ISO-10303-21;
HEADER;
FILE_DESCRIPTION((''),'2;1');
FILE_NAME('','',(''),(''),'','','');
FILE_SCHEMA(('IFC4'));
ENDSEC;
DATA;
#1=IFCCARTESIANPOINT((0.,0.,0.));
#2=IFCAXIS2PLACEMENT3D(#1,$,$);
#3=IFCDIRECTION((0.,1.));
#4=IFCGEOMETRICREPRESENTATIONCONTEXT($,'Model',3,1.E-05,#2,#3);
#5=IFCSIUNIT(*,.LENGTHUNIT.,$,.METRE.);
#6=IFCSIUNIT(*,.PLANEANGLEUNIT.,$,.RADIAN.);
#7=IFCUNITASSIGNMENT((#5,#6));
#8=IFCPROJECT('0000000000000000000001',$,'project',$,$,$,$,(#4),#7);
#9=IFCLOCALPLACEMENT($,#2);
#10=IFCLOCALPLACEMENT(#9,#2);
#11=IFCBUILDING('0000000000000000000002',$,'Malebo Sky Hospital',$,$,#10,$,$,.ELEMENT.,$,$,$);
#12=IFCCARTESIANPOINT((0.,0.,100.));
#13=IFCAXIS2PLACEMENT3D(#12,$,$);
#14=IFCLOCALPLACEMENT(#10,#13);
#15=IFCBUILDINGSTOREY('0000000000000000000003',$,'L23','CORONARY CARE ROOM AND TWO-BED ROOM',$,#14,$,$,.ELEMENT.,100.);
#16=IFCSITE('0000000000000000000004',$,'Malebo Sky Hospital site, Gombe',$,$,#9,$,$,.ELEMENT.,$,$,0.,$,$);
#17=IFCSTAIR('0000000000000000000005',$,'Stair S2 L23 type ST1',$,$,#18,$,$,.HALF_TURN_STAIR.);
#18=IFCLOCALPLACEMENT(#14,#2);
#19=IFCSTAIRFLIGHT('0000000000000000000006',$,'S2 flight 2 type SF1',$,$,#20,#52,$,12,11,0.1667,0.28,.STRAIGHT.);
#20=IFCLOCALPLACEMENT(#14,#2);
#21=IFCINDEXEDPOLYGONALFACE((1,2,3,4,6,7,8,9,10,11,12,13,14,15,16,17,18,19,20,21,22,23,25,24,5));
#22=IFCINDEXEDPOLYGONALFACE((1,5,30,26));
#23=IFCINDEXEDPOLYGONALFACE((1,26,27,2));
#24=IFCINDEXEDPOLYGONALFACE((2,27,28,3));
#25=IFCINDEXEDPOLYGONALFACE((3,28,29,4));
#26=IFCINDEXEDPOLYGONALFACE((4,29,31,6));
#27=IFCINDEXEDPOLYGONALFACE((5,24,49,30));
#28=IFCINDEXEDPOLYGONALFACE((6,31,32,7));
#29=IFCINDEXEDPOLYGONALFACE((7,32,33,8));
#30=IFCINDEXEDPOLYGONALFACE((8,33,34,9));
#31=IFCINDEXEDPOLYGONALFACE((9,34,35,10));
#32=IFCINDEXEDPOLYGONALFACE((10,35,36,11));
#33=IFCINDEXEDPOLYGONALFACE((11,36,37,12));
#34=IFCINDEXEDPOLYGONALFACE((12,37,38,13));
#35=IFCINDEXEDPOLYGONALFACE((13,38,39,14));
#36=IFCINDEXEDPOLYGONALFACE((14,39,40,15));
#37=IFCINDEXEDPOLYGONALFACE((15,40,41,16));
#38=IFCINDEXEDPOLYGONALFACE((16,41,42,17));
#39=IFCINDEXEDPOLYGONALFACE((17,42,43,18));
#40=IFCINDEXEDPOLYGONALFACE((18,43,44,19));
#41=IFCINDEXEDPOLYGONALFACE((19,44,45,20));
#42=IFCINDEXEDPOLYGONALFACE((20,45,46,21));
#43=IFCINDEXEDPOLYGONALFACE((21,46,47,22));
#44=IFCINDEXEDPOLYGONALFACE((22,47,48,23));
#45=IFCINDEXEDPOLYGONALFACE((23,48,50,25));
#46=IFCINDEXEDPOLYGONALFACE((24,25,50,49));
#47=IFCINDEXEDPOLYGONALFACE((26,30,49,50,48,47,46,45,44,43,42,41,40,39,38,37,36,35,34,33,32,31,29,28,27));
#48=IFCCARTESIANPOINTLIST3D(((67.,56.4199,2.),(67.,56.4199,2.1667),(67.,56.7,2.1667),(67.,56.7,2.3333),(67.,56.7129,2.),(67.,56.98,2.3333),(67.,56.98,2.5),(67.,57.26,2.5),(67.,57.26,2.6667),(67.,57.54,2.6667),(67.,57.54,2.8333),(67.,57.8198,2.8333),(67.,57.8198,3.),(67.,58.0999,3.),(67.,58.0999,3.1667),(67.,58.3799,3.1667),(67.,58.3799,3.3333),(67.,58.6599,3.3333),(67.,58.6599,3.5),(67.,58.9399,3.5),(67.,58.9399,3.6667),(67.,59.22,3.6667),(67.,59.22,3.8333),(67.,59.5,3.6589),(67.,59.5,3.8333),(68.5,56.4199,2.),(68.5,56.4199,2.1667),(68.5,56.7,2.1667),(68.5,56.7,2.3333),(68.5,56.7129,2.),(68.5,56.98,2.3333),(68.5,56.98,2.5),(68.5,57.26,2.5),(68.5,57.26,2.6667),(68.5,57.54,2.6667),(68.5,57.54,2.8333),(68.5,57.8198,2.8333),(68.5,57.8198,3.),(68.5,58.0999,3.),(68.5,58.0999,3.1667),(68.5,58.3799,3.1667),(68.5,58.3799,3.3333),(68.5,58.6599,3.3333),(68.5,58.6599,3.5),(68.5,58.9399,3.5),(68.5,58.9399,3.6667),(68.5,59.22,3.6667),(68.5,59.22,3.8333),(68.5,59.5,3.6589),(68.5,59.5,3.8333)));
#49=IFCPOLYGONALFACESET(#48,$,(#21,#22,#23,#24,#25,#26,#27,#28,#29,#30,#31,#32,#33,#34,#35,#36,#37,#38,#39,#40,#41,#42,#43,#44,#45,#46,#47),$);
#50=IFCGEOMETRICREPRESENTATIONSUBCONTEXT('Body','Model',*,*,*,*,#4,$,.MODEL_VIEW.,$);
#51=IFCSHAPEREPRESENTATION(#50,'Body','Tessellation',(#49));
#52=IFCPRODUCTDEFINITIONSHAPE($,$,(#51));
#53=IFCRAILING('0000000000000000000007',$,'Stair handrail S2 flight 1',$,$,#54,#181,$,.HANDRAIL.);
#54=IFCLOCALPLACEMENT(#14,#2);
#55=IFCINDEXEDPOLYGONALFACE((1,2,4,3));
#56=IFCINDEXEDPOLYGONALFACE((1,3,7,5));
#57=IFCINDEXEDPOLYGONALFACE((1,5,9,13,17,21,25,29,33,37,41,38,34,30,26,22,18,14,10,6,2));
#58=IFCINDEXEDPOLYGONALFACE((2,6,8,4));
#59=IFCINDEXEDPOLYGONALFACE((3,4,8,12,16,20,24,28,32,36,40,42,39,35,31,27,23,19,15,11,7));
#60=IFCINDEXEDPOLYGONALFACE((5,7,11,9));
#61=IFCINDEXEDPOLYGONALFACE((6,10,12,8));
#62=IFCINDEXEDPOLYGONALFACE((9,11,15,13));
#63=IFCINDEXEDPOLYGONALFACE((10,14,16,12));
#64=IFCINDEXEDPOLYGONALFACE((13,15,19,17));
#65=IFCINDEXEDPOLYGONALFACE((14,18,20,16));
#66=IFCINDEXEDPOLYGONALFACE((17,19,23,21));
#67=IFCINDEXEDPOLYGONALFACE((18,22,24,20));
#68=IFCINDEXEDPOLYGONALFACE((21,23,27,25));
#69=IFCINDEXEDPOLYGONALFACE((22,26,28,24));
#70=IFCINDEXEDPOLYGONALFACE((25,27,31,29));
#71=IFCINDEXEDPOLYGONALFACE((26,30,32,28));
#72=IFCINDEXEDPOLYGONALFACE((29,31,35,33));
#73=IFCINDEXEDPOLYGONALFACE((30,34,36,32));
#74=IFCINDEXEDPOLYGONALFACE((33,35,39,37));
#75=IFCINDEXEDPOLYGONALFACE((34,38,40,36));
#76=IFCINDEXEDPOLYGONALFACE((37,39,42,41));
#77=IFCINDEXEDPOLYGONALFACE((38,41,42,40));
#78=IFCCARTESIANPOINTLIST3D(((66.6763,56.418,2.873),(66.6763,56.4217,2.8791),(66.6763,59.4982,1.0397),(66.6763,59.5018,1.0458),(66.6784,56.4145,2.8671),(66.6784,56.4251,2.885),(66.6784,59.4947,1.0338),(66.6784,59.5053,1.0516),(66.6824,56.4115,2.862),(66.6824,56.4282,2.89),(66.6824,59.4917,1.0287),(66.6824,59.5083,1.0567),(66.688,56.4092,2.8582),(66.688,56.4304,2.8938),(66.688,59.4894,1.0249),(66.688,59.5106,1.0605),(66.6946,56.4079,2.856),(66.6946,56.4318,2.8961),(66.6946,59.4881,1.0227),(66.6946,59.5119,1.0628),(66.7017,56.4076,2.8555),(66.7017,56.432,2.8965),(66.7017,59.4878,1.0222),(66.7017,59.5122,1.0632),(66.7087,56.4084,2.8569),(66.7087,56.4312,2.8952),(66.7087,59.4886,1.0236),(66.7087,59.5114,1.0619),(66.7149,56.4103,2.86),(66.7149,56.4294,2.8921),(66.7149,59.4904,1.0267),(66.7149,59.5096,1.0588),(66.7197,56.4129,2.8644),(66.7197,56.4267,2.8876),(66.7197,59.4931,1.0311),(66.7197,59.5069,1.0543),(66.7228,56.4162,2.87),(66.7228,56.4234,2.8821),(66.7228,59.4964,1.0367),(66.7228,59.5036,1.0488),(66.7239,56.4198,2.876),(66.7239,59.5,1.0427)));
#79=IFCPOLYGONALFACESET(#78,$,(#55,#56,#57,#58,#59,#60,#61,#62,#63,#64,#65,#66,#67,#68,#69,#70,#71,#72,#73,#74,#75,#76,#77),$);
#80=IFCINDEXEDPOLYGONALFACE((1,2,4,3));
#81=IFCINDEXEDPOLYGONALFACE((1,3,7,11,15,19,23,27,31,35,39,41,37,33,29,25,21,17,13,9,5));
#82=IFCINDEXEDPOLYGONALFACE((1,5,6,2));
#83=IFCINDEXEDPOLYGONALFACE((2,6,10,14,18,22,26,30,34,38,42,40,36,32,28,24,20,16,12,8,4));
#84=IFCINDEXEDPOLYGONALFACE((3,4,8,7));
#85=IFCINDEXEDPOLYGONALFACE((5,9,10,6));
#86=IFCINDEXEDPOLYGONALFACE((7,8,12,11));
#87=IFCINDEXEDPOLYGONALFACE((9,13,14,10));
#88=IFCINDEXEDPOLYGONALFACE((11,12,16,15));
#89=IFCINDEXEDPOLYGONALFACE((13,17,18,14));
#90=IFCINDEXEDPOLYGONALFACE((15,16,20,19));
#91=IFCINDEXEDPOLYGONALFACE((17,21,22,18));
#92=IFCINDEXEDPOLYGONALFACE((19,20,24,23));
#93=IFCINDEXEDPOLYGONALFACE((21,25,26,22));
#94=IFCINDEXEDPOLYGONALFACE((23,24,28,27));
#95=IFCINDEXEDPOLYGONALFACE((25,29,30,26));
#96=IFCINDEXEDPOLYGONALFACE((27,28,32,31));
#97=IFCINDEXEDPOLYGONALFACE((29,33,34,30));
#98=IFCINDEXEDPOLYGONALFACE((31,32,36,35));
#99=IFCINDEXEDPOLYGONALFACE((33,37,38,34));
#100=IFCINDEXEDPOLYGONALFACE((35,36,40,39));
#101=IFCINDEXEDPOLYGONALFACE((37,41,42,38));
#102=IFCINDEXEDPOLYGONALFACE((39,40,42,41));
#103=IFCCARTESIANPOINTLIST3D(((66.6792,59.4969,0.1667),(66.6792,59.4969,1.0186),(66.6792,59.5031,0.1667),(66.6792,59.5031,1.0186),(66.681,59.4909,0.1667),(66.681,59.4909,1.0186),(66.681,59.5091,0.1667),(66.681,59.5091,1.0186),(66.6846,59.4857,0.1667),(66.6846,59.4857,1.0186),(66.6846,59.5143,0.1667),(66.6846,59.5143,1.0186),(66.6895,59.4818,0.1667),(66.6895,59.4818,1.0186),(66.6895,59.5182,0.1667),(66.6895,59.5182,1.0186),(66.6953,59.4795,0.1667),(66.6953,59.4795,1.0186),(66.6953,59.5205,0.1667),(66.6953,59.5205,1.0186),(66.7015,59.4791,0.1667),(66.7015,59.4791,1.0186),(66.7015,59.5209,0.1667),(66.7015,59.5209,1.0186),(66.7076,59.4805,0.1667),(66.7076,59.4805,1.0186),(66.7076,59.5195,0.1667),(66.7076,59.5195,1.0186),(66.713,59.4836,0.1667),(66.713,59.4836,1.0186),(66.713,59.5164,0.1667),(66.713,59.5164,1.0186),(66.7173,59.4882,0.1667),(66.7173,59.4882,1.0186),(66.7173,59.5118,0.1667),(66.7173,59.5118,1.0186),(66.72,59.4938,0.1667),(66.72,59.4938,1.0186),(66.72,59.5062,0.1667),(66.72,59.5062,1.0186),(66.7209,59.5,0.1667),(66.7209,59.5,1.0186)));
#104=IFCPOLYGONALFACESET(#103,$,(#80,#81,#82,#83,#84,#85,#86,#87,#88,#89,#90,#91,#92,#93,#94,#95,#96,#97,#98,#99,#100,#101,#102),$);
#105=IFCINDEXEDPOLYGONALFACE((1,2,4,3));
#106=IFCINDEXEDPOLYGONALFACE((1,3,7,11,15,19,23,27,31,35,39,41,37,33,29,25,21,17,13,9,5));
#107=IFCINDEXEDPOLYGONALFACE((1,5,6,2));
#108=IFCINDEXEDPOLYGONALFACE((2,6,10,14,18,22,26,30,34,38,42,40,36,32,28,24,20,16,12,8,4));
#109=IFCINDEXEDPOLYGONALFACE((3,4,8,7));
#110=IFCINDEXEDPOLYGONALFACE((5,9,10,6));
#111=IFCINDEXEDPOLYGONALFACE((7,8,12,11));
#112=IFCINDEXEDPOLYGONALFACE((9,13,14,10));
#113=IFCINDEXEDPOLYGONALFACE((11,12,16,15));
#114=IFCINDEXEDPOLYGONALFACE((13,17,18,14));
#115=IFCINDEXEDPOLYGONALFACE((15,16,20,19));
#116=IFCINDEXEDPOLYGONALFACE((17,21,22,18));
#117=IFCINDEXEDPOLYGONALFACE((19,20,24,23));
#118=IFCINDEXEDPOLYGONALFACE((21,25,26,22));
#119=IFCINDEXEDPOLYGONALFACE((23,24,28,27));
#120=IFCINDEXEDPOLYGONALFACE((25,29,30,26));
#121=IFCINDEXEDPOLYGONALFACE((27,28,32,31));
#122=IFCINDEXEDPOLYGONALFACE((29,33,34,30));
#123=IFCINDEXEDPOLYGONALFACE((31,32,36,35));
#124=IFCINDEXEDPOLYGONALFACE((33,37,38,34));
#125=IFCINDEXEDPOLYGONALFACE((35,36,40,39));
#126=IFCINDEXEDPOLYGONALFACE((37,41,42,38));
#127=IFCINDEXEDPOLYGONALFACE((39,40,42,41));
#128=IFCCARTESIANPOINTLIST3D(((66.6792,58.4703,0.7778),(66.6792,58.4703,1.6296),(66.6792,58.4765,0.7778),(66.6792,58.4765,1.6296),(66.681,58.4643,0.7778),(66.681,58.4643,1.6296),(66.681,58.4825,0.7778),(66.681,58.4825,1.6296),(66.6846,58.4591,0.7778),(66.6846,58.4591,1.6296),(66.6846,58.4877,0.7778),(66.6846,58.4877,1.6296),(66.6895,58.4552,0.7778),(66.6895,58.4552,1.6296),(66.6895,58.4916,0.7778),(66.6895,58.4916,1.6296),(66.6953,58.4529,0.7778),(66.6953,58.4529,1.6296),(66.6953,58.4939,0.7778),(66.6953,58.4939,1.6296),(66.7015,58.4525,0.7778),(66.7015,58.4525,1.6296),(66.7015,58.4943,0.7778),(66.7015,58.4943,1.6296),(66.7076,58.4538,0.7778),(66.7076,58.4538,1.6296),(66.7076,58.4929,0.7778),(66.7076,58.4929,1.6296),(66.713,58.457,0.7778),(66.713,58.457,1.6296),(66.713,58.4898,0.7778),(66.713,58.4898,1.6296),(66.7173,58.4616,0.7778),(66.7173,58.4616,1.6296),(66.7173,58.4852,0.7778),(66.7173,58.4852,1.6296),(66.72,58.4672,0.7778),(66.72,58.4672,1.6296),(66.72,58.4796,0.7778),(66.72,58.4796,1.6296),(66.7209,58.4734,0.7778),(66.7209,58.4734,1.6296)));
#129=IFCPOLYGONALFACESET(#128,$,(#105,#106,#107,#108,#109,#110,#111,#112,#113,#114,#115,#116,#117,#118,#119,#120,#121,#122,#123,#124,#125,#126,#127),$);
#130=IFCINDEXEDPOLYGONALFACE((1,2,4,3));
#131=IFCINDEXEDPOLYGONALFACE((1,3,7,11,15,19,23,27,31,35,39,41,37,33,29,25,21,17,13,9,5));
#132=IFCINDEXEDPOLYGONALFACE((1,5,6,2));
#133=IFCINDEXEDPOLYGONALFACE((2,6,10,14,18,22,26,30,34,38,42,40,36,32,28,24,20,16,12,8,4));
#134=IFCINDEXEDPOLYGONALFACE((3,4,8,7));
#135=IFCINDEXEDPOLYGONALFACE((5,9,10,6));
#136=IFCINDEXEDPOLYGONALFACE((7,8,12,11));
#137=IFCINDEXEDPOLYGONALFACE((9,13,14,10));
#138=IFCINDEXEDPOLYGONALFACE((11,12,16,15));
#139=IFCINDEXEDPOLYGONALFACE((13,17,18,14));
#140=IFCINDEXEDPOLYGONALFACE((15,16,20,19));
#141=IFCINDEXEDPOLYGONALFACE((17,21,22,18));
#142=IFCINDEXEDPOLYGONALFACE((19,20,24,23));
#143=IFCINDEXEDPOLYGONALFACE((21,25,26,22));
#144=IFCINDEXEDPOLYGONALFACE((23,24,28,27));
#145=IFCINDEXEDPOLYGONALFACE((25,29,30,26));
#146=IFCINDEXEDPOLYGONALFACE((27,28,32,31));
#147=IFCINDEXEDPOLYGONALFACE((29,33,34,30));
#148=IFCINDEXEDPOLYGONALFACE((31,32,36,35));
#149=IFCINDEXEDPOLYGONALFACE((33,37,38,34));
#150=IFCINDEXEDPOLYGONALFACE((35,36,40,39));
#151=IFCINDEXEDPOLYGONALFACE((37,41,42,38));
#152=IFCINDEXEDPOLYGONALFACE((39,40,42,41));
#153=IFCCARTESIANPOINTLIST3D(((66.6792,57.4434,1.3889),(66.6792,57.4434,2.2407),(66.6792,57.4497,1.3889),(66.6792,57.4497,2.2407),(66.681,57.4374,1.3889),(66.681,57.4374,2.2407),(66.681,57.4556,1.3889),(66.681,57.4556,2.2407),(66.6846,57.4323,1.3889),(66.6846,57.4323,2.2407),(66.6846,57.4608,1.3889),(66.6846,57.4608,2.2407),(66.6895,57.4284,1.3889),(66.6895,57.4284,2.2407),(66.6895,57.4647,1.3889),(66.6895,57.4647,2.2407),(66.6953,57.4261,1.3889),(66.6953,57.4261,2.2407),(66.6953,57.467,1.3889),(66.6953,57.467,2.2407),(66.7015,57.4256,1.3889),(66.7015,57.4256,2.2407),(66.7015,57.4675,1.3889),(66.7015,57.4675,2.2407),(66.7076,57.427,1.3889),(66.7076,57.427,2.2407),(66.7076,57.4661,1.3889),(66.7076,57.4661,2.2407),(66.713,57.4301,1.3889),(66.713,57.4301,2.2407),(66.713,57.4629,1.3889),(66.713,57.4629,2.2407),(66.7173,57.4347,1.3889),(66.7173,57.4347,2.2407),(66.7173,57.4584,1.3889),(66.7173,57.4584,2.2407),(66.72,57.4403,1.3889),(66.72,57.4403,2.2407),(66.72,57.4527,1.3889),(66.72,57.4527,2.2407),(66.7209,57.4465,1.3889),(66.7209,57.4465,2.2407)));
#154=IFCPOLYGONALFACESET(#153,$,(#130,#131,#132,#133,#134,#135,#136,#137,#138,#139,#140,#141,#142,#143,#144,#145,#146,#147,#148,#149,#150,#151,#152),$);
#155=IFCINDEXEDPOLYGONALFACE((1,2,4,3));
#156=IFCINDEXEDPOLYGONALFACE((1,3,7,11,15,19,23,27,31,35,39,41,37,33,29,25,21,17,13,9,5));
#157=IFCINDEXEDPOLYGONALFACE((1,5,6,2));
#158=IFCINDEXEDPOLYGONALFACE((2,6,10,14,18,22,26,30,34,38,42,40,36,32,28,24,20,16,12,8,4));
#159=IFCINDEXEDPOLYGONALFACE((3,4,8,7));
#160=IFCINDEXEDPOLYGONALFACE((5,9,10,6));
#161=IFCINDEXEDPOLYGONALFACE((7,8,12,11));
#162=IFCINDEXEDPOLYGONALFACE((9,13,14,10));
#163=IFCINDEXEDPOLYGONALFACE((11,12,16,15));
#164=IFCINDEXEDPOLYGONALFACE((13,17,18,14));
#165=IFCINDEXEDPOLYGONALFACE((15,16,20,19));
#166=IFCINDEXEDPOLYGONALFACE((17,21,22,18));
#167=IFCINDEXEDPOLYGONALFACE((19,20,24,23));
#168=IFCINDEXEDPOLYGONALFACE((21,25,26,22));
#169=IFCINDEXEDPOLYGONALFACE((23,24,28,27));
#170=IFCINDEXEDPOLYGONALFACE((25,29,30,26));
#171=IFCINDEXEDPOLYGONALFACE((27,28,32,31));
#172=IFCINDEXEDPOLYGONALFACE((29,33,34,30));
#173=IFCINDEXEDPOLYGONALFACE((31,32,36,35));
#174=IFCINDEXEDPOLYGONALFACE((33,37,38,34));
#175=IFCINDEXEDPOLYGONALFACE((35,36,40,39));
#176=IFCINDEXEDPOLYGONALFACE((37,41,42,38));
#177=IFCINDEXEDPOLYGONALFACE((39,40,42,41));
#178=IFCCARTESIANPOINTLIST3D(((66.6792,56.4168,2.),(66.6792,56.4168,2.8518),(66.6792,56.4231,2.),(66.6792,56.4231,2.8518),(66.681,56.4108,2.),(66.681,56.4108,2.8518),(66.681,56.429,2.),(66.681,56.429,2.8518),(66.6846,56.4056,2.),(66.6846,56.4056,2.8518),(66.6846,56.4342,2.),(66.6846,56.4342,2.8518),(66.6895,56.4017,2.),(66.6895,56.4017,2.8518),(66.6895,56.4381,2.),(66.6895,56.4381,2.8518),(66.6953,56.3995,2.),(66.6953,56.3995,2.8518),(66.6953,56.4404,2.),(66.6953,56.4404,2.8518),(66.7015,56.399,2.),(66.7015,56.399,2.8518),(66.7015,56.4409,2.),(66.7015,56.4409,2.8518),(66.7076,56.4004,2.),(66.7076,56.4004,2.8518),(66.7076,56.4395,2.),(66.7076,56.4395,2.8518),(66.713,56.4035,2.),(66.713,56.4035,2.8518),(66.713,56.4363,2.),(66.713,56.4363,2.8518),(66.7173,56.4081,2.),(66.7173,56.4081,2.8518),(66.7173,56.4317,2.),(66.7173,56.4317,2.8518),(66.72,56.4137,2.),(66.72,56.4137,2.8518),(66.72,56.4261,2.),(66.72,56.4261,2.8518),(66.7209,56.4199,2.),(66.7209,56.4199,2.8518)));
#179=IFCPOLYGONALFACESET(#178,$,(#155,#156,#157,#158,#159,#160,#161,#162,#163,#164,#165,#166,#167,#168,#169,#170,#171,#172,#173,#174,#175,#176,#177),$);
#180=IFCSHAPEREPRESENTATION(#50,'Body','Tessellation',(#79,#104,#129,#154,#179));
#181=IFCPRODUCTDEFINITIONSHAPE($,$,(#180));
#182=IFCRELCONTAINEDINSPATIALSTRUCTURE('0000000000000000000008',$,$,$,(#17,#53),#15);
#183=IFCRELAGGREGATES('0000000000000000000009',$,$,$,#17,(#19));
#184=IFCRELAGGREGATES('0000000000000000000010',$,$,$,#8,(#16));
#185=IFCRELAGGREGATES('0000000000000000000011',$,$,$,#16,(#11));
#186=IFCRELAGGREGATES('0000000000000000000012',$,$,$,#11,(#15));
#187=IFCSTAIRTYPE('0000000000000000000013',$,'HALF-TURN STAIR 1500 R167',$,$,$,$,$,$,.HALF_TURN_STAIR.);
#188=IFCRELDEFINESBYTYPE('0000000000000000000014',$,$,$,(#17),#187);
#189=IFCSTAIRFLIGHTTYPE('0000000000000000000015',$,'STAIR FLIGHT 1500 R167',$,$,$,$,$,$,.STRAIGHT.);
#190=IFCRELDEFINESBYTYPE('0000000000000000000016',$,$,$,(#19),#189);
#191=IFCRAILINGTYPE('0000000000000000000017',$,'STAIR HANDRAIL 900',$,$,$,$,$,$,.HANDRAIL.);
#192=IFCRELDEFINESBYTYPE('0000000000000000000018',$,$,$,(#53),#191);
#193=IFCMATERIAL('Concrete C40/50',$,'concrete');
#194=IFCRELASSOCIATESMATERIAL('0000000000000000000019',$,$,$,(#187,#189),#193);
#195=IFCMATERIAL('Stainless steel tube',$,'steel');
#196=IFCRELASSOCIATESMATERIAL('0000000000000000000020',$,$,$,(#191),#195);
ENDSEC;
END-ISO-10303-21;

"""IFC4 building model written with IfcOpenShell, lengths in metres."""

from ifc_helpers import new_model, si_unit, direction, frame, origin, origin_2d, place, context, subcontext, project, spatial, polyline, circle, outline, extrude, material, type_object, element, aggregate, save


model = new_model("IFC4")

# Units and contexts
model_context = context("Model", 3, precision=1e-05, world=origin(), true_north=direction((0.0, 1.0)))
body_context = subcontext(model_context, "Body", "Model", "MODEL_VIEW")
ifc_project = project(units=[si_unit("LENGTHUNIT", "METRE"), si_unit("PLANEANGLEUNIT", "RADIAN")], contexts=[model_context])

# Site, building, storey
site_placement = place(None, origin())
site = spatial("IfcSite", under=ifc_project, at=site_placement, Name="Malebo Sky Hospital site, Gombe", CompositionType="ELEMENT", RefElevation=0.0)
building_placement = place(site_placement, origin())
building = spatial("IfcBuilding", under=site, at=building_placement, Name="Malebo Sky Hospital", CompositionType="ELEMENT")
storey_placement = place(building_placement, frame((0.0, 0.0, 100.0)))
storey = spatial("IfcBuildingStorey", under=building, at=storey_placement, Name="L23", Description="CORONARY CARE ROOM AND TWO-BED ROOM", CompositionType="ELEMENT", Elevation=100.0)

# Stair, stair flight
ifc_material_1 = material(Name="Concrete C40/50", Category="concrete")
stair_type = type_object("IfcStairType", Name="HALF-TURN STAIR 1500 R167", PredefinedType="HALF_TURN_STAIR", material=ifc_material_1)
stair_placement = place(storey_placement, origin())
stair = element("IfcStair", 1, at=stair_placement, inside=storey, type_object=stair_type, Name="Stair S2 L23 type ST1", PredefinedType="HALF_TURN_STAIR")
stair_flight_type = type_object("IfcStairFlightType", Name="STAIR FLIGHT 1500 R167", PredefinedType="STRAIGHT", material=ifc_material_1)
stair_flight_1_placement = place(storey_placement, frame((67.75, 56.4199, 2.0), z_axis=(0.0, 0.0, 1.0), x_axis=(0.0, 1.0, 0.0)))
stair_flight_1 = element("IfcStairFlight", 2, at=stair_flight_1_placement, type_object=stair_flight_type, Name="S2 flight 2 type SF1", NumberOfRisers=12, NumberOfTreads=11, PredefinedType="STRAIGHT", RiserHeight=0.1667, TreadLength=0.28, context=body_context, shape_type="SweptSolid", body=[
    extrude(outline(polyline([(0.0, 0.0), (0.0, 0.1667), (0.28, 0.1667), (0.28, 0.3333), (0.5601, 0.3333), (0.5601, 0.5), (0.8401, 0.5), (0.8401, 0.6667), (1.1201, 0.6667), (1.1201, 0.8333), (1.3999, 0.8333), (1.3999, 1.0), (1.6799, 1.0), (1.6799, 1.1667), (1.96, 1.1667), (1.96, 1.3333), (2.24, 1.3333), (2.24, 1.5), (2.52, 1.5), (2.52, 1.6667), (2.8, 1.6667), (2.8, 1.8333), (3.0801, 1.8333), (3.0801, 2.0), (3.0801, 1.6589), (0.293, 0.0), (0.0, 0.0)])), frame((0.0, 0.75, 0.0), z_axis=(0.0, -1.0, 0.0), x_axis=(1.0, 0.0, 0.0)), (0.0, 0.0, 1.0), 1.5),
])
aggregate(stair, [stair_flight_1])

# Railing
ifc_material_2 = material(Name="Stainless steel tube", Category="steel")
railing_type = type_object("IfcRailingType", Name="STAIR HANDRAIL 900", PredefinedType="HANDRAIL", material=ifc_material_2)
railing_1_placement = place(storey_placement, frame((66.7, 59.5, 0.1667)))
element("IfcRailing", 3, at=railing_1_placement, inside=storey, type_object=railing_type, Name="Stair handrail S2 flight 1", PredefinedType="HANDRAIL", context=body_context, shape_type="SweptSolid", body=[
    extrude(circle(Radius=0.0239, at=origin_2d()), frame((0.0, 0.0, 0.876), z_axis=(0.0, -0.859309, 0.511458), x_axis=(1.0, 0.0, 0.0)), (0.0, 0.0, 1.0), 3.5845),
    extrude(circle(Radius=0.021, at=origin_2d()), origin(), (0.0, 0.0, 1.0), 0.8518),
    extrude(circle(Radius=0.021, at=origin_2d()), frame((0.0, -1.0266, 0.6111)), (0.0, 0.0, 1.0), 0.8518),
    extrude(circle(Radius=0.021, at=origin_2d()), frame((0.0, -2.0535, 1.2222)), (0.0, 0.0, 1.0), 0.8518),
    extrude(circle(Radius=0.021, at=origin_2d()), frame((0.0, -3.0801, 1.8333)), (0.0, 0.0, 1.0), 0.8518),
])

save(model, "model.ifc")
